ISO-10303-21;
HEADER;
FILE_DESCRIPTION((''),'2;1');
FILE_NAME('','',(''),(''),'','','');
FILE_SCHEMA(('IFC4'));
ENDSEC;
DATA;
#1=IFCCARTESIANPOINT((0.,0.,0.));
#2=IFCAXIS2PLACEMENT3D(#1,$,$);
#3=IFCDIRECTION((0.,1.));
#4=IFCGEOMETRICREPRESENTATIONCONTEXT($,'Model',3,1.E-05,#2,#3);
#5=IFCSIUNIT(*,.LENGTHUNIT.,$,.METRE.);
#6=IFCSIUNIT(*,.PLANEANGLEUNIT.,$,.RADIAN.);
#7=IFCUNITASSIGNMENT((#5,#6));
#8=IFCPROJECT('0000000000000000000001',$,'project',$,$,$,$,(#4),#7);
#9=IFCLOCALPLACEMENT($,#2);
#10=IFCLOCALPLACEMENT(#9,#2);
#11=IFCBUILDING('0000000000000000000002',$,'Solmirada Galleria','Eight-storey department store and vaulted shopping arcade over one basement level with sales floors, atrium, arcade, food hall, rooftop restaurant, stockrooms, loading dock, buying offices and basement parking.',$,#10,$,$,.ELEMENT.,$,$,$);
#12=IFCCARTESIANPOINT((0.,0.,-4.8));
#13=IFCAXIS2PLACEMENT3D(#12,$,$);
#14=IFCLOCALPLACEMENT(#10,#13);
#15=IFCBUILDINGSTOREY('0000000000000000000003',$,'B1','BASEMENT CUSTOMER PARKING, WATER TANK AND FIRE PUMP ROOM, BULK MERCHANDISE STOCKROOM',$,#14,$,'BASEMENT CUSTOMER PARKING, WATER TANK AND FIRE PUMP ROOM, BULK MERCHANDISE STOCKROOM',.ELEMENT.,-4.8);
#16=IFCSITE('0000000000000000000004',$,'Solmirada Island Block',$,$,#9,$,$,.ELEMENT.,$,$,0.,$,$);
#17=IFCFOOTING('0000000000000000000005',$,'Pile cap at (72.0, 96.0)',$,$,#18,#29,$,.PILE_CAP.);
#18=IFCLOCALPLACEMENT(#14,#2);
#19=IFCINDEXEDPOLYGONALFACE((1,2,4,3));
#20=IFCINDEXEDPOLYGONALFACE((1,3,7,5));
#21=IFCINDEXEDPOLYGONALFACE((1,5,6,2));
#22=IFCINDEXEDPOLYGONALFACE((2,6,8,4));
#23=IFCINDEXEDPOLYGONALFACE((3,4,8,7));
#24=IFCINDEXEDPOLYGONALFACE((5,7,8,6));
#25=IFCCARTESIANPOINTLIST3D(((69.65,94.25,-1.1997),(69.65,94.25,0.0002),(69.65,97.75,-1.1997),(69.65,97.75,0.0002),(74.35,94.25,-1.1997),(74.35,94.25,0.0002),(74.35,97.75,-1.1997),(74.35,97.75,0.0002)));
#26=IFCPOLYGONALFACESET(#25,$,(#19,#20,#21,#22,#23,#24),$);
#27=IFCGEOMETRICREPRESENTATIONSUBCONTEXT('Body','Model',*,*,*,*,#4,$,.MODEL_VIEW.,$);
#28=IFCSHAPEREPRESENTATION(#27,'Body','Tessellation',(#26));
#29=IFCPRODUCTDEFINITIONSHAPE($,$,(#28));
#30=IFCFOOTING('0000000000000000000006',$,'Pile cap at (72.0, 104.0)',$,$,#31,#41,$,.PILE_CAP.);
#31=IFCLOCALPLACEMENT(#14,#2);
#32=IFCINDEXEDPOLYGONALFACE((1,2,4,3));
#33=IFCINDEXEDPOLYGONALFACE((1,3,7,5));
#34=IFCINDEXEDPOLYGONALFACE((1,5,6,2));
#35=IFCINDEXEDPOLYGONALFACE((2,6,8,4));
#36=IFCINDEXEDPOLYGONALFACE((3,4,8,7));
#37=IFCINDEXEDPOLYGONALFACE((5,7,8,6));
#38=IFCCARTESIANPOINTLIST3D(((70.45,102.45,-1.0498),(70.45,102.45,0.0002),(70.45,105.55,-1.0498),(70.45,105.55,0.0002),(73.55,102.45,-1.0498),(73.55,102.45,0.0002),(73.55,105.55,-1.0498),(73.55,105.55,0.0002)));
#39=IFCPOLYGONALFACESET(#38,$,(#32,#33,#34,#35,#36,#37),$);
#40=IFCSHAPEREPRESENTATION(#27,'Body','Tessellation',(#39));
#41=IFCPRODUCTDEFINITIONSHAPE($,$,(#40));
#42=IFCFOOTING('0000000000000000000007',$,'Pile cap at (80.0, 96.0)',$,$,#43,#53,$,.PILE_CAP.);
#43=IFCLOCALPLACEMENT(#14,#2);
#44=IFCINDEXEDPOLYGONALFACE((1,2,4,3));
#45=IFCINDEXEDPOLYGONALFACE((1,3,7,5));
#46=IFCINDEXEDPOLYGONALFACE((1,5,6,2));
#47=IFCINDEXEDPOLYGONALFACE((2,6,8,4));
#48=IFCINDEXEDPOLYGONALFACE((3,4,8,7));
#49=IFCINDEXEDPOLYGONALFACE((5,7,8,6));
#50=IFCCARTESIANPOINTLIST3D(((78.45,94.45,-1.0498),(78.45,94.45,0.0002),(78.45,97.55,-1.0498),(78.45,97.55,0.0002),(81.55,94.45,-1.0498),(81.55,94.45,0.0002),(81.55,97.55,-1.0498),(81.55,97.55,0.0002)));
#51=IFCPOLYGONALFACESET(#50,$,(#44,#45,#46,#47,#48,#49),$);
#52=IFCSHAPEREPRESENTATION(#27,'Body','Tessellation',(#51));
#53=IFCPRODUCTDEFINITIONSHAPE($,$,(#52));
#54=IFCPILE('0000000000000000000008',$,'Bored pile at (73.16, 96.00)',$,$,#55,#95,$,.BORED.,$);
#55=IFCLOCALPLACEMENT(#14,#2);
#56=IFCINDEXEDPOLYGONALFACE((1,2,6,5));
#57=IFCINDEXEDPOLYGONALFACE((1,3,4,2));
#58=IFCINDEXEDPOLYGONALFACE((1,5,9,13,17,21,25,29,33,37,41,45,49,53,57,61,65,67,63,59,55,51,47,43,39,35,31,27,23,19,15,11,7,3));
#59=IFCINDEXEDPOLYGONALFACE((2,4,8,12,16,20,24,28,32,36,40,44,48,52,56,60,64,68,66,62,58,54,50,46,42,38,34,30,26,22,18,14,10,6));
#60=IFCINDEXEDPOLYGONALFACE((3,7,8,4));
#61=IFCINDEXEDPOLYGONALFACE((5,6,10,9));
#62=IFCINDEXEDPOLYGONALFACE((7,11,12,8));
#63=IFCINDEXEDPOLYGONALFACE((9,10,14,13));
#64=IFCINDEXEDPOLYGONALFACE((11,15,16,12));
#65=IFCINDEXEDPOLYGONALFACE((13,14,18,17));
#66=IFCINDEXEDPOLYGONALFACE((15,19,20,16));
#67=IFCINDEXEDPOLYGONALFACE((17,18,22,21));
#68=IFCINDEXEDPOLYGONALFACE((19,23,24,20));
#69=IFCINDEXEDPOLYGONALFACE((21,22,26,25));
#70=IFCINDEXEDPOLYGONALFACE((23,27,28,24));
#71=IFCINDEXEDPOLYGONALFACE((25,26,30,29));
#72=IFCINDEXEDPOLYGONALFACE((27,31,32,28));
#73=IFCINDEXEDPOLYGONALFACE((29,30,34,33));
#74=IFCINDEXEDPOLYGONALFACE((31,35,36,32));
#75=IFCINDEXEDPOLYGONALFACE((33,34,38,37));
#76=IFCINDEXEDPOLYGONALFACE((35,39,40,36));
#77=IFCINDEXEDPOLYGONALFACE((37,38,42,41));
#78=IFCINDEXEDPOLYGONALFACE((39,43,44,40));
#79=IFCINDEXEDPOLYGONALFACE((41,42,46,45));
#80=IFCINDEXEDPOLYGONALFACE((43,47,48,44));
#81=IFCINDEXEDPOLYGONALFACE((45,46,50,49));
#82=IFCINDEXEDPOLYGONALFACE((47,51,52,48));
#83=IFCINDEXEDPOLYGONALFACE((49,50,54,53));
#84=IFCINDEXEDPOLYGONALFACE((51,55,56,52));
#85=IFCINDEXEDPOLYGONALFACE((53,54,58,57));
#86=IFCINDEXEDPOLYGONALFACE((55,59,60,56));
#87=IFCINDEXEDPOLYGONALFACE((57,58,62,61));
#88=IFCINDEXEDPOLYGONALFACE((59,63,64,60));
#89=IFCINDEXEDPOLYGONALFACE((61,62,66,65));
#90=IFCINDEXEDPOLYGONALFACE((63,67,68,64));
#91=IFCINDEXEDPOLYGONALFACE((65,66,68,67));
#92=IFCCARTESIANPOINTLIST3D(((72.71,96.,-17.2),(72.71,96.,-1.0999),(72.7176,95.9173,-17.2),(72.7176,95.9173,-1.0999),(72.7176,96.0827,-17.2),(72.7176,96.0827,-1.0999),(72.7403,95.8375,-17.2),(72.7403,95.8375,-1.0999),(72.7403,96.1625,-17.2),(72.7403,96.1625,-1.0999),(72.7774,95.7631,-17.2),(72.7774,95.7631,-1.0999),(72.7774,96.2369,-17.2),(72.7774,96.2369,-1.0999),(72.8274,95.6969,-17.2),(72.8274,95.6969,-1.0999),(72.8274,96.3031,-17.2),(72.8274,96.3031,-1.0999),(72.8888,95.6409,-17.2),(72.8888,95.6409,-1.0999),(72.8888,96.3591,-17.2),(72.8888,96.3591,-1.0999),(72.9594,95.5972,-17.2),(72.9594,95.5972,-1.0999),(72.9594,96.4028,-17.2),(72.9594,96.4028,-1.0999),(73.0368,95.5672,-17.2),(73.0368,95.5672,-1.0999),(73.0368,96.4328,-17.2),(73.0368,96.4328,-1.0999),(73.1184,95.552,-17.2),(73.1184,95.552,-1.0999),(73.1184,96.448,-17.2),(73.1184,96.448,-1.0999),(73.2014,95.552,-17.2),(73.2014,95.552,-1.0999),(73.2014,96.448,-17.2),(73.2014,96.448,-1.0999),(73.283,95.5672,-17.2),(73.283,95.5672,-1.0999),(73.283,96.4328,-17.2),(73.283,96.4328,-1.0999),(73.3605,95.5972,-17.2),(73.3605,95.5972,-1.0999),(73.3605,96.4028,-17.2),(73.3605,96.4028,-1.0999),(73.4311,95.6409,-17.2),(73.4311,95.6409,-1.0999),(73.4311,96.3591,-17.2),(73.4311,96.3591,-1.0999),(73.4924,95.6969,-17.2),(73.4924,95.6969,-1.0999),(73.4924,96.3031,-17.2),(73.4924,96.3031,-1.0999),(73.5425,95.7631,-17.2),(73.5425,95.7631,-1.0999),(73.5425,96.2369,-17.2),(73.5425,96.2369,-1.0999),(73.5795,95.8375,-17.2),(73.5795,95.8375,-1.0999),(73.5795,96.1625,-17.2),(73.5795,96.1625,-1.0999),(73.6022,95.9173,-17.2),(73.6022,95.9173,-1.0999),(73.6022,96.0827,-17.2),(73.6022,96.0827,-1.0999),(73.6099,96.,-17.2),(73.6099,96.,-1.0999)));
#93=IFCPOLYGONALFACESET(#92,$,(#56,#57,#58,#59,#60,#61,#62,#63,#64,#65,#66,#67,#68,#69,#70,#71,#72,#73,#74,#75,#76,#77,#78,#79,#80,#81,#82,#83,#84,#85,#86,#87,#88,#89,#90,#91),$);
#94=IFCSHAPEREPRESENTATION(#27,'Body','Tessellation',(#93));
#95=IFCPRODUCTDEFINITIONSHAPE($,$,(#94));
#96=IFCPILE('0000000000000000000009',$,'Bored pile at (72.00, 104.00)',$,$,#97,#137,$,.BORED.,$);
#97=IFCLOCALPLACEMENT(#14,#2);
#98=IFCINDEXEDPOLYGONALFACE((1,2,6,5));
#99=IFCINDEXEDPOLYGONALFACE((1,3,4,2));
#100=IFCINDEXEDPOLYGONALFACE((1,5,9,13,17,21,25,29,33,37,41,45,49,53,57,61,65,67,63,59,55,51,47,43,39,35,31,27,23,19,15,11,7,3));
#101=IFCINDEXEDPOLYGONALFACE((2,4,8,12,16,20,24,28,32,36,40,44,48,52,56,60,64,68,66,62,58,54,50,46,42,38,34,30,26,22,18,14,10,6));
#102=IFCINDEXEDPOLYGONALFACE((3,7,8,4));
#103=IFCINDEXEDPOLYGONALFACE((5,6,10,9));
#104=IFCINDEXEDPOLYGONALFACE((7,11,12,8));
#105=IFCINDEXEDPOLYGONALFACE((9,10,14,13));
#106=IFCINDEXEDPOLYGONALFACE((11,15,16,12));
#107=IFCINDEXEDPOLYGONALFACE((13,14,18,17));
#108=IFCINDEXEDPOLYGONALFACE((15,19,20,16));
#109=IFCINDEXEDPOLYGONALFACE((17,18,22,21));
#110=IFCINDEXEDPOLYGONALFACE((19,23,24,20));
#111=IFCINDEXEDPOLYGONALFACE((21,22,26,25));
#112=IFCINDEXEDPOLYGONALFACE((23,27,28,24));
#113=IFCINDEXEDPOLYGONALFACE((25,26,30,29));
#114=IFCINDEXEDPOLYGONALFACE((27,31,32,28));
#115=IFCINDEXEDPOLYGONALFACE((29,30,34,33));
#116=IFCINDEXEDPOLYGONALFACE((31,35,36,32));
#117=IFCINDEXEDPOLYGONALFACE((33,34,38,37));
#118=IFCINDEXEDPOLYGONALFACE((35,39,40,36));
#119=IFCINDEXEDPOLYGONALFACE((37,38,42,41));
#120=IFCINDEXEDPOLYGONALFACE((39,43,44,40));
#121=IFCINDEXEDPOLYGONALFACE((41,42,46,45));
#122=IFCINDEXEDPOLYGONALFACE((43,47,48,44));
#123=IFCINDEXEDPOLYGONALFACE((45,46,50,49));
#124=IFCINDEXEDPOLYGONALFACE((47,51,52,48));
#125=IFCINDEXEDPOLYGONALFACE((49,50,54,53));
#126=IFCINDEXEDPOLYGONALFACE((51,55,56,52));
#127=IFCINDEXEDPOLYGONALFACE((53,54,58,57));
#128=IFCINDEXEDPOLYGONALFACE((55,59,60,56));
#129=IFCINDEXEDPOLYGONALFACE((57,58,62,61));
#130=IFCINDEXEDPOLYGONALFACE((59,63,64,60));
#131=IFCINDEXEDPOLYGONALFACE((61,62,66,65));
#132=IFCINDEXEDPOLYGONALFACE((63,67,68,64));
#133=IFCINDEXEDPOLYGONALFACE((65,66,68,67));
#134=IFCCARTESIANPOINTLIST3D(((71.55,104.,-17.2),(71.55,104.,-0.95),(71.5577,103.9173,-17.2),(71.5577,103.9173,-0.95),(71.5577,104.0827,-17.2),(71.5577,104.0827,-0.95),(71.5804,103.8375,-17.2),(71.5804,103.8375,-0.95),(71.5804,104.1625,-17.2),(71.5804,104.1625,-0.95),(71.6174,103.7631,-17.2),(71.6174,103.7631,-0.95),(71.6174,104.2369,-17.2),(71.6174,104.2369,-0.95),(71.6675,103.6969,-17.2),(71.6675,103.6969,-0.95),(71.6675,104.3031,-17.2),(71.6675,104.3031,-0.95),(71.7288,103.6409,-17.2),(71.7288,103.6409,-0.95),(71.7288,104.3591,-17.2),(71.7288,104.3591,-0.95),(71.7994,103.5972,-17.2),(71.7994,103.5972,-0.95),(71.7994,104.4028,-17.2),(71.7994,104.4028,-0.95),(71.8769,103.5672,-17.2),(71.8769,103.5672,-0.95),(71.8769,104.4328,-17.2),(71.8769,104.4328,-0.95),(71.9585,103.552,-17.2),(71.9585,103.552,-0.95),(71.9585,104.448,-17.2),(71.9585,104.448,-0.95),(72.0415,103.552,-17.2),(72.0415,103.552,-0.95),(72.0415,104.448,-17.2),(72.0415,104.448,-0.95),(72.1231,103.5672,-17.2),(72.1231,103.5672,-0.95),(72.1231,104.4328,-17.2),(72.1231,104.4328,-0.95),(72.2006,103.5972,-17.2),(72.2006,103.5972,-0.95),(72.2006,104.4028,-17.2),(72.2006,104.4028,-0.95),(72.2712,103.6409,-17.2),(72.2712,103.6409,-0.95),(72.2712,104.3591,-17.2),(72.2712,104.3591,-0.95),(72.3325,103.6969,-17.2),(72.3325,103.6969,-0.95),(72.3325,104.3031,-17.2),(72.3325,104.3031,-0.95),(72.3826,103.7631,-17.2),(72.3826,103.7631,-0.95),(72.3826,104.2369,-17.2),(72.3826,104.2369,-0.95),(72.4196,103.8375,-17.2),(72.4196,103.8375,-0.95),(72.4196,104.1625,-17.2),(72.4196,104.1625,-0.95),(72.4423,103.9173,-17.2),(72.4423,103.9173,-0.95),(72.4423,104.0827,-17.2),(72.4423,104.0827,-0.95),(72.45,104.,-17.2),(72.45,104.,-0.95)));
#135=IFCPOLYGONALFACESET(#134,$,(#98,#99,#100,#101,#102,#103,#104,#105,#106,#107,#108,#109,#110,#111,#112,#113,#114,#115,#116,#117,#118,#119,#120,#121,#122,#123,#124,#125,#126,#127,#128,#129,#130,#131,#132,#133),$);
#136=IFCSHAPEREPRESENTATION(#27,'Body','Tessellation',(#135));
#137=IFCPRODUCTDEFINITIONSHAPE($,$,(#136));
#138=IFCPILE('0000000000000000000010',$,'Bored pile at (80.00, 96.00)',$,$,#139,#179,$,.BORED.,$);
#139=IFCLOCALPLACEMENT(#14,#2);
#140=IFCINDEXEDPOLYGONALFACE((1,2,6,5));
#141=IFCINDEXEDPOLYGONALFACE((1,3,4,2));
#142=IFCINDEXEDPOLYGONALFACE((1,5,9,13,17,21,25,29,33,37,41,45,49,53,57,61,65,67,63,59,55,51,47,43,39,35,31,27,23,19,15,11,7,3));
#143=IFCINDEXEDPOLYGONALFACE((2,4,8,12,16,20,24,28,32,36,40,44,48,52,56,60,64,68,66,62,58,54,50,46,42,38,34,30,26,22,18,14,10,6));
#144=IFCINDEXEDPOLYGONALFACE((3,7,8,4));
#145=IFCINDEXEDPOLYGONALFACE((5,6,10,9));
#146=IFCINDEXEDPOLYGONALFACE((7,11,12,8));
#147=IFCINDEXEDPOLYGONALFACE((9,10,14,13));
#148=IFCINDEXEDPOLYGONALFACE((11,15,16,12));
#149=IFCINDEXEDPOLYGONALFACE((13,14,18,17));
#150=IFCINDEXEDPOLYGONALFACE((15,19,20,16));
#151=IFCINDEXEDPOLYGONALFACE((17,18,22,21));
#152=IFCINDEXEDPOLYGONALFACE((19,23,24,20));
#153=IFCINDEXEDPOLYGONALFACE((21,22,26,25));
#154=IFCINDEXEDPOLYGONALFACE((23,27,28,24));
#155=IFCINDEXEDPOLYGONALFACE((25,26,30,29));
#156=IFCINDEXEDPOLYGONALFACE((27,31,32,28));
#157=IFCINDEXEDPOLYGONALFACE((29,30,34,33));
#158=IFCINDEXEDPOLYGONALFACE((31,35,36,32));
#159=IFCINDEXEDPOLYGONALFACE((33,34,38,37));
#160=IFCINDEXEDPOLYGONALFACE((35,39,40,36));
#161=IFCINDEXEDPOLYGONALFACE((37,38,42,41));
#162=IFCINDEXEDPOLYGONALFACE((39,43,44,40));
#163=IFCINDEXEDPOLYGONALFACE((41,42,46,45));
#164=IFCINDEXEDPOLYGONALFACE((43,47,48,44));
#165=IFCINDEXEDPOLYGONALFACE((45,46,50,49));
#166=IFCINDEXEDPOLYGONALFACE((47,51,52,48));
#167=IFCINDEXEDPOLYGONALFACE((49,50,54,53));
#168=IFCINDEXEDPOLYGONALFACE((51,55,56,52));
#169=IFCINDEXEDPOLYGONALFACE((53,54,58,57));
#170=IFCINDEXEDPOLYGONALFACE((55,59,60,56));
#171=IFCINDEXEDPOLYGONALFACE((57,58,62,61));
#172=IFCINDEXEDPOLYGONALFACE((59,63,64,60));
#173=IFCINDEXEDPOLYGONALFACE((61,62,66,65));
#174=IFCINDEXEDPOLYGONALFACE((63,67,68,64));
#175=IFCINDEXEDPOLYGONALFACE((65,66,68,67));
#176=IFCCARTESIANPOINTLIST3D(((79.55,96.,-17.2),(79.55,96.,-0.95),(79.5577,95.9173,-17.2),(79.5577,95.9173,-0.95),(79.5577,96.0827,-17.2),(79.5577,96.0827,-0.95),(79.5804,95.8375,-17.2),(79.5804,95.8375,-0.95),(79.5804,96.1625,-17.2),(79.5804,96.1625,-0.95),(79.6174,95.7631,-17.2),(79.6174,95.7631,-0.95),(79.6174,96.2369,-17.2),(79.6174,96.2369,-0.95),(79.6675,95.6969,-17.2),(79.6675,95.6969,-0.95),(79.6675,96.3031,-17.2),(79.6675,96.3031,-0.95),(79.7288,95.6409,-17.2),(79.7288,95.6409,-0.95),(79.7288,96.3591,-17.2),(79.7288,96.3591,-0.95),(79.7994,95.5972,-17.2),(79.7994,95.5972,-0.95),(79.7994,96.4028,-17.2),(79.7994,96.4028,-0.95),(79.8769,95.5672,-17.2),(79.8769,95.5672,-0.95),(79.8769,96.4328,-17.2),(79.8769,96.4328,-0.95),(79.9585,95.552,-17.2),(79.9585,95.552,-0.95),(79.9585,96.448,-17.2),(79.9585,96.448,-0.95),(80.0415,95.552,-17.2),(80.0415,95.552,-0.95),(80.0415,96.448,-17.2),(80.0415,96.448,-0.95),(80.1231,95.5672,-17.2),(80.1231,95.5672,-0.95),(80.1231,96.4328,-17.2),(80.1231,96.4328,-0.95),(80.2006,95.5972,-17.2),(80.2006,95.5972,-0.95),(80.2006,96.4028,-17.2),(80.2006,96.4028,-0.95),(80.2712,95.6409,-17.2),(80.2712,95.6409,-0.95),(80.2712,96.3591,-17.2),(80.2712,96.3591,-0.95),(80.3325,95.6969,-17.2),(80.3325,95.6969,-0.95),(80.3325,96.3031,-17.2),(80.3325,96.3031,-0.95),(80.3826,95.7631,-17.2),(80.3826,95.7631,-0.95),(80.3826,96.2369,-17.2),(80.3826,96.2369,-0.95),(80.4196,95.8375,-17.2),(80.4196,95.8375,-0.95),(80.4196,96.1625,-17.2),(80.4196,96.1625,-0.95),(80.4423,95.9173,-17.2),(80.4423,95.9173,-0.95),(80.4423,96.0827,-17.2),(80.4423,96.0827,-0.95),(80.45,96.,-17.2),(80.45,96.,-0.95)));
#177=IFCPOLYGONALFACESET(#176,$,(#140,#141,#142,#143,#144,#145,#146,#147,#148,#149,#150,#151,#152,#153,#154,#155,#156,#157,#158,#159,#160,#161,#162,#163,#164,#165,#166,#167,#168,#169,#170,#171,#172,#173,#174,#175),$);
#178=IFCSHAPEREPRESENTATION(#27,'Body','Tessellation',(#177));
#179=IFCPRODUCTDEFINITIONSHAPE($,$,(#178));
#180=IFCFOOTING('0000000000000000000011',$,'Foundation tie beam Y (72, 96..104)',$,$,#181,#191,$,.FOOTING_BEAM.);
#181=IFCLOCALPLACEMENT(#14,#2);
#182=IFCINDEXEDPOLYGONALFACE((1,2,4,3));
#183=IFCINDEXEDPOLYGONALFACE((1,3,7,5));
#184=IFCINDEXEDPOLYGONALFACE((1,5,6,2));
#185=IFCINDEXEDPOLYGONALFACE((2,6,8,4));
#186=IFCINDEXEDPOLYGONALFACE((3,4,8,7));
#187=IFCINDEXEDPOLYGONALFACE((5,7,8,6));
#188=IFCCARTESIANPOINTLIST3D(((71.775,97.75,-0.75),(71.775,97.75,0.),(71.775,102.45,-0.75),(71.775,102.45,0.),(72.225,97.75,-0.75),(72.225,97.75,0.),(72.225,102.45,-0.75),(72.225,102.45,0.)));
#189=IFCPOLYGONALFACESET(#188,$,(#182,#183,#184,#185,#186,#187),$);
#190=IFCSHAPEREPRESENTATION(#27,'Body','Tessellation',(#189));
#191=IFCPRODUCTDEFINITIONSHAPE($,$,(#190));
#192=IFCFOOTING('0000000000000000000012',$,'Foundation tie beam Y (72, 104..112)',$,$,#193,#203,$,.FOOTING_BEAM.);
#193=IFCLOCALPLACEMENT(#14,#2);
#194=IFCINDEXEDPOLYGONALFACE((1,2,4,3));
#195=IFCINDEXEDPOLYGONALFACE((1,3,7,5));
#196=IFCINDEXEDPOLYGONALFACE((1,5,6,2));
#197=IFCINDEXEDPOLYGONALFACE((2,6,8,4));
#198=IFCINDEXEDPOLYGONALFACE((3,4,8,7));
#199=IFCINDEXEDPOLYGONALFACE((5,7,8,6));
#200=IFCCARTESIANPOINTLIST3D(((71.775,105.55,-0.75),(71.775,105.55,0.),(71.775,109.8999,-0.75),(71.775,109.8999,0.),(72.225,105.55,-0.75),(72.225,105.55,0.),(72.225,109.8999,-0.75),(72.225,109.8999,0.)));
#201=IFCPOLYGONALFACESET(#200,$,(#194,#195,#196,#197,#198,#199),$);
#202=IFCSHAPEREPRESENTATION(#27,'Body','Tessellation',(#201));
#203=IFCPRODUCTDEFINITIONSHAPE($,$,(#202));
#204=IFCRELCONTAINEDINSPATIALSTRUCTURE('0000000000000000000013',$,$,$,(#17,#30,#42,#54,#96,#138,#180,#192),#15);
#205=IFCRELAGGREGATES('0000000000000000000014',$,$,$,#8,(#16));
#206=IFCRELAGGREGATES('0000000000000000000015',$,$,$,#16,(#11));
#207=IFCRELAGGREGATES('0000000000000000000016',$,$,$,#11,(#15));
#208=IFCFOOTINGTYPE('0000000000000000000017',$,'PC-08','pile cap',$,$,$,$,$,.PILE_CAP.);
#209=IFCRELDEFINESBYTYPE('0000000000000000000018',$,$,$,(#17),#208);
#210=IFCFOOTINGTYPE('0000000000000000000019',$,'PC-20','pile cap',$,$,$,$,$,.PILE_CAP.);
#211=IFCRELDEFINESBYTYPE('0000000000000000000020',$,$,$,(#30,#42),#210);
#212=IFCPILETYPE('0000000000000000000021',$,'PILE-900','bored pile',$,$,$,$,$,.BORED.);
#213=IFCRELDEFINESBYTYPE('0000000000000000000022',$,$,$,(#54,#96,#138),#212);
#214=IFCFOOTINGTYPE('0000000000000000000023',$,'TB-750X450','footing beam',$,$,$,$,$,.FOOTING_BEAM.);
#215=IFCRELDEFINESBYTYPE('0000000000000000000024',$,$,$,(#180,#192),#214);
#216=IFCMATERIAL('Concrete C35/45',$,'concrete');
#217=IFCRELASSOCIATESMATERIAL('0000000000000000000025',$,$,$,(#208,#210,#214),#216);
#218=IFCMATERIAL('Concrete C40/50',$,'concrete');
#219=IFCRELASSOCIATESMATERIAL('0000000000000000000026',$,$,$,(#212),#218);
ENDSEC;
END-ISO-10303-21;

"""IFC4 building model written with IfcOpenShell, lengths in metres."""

from ifc_helpers import new_model, si_unit, direction, frame, origin, origin_2d, place, context, subcontext, project, spatial, rectangle, circle, extrude, material, material_profile, profile_set, type_object, element, save


model = new_model("IFC4")

# Units and contexts
model_context = context("Model", 3, precision=1e-05, world=origin(), true_north=direction((0.0, 1.0)))
body_context = subcontext(model_context, "Body", "Model", "MODEL_VIEW")
ifc_project = project(units=[si_unit("LENGTHUNIT", "METRE"), si_unit("PLANEANGLEUNIT", "RADIAN")], contexts=[model_context])

# Site, building, storey
site_placement = place(None, origin())
site = spatial("IfcSite", under=ifc_project, at=site_placement, Name="Solmirada Island Block", CompositionType="ELEMENT", RefElevation=0.0)
building_placement = place(site_placement, origin())
building = spatial("IfcBuilding", under=site, at=building_placement, Name="Solmirada Galleria", Description="Eight-storey department store and vaulted shopping arcade over one basement level with sales floors, atrium, arcade, food hall, rooftop restaurant, stockrooms, loading dock, buying offices and basement parking.", CompositionType="ELEMENT")
storey_placement = place(building_placement, frame((0.0, 0.0, -4.8)))
storey = spatial("IfcBuildingStorey", under=building, at=storey_placement, Name="B1", Description="BASEMENT CUSTOMER PARKING, WATER TANK AND FIRE PUMP ROOM, BULK MERCHANDISE STOCKROOM", LongName="BASEMENT CUSTOMER PARKING, WATER TANK AND FIRE PUMP ROOM, BULK MERCHANDISE STOCKROOM", CompositionType="ELEMENT", Elevation=-4.8)

# Footings
ifc_material_1 = material(Name="Concrete C35/45", Category="concrete")
footing_type_1 = type_object("IfcFootingType", Name="PC-08", Description="pile cap", PredefinedType="PILE_CAP", material=ifc_material_1)
footing_1_placement = place(storey_placement, frame((72.0, 96.0, -1.1997), z_axis=(0.0, 0.0, 1.0), x_axis=(1.0, 0.0, 0.0)))
element("IfcFooting", 1, at=footing_1_placement, inside=storey, type_object=footing_type_1, Name="Pile cap at (72.0, 96.0)", PredefinedType="PILE_CAP", context=body_context, shape_type="SweptSolid", body=[
    extrude(rectangle(XDim=4.7, YDim=3.5, at=origin_2d()), origin(), (0.0, 0.0, 1.0), 1.2),
])
footing_type_2 = type_object("IfcFootingType", Name="PC-20", Description="pile cap", PredefinedType="PILE_CAP", material=ifc_material_1)
for number, where, z_axis, x_axis, name in (
    (2, (72.0, 104.0, -1.0498), (0.0, 0.0, 1.0), (1.0, 0.0, 0.0), "Pile cap at (72.0, 104.0)"),
    (3, (80.0, 96.0, -1.0498), (0.0, 0.0, 1.0), (1.0, 0.0, 0.0), "Pile cap at (80.0, 96.0)"),
):
    element("IfcFooting", number, at=place(storey_placement, frame(where, z_axis=z_axis, x_axis=x_axis)), inside=storey, type_object=footing_type_2, Name=name, PredefinedType="PILE_CAP", context=body_context, shape_type="SweptSolid", body=[
        extrude(rectangle(XDim=3.1001, YDim=3.1001, at=origin_2d()), origin(), (0.0, 0.0, 1.0), 1.05),
    ])

# Piles
ifc_material_2 = material(Name="Concrete C40/50", Category="concrete")
ifc_material_profile_1 = material_profile(ifc_material_2, circle(Radius=0.45, at=origin_2d()), Name="PILE900")
ifc_profile_set_1 = profile_set([ifc_material_profile_1], Name="Concrete C40/50")
pile_type = type_object("IfcPileType", Name="PILE-900", Description="bored pile", PredefinedType="BORED", material=ifc_profile_set_1)
pile_placement = place(storey_placement, frame((73.1599, 96.0, -1.0999), z_axis=(0.0, 0.0, -1.0), x_axis=(1.0, 0.0, 0.0)))
element("IfcPile", 4, at=pile_placement, inside=storey, type_object=pile_type, Name="Bored pile at (73.16, 96.00)", PredefinedType="BORED", context=body_context, shape_type="SweptSolid", body=[
    extrude(circle(Radius=0.45, at=origin_2d()), origin(), (0.0, 0.0, 1.0), 16.1001),
])
for number, where, z_axis, x_axis, name in (
    (5, (72.0, 104.0, -0.95), (0.0, 0.0, -1.0), (1.0, 0.0, 0.0), "Bored pile at (72.00, 104.00)"),
    (6, (80.0, 96.0, -0.95), (0.0, 0.0, -1.0), (1.0, 0.0, 0.0), "Bored pile at (80.00, 96.00)"),
):
    element("IfcPile", number, at=place(storey_placement, frame(where, z_axis=z_axis, x_axis=x_axis)), inside=storey, type_object=pile_type, Name=name, PredefinedType="BORED", context=body_context, shape_type="SweptSolid", body=[
        extrude(circle(Radius=0.45, at=origin_2d()), origin(), (0.0, 0.0, 1.0), 16.25),
    ])

# Footings
ifc_material_profile_2 = material_profile(ifc_material_1, rectangle(XDim=0.45, YDim=0.75, at=origin_2d()), Name="RC750X450")
ifc_profile_set_2 = profile_set([ifc_material_profile_2], Name="Concrete C35/45")
footing_type_3 = type_object("IfcFootingType", Name="TB-750X450", Description="footing beam", PredefinedType="FOOTING_BEAM", material=ifc_profile_set_2)
footing_2_placement = place(storey_placement, frame((72.0, 97.75, -0.375), z_axis=(0.0, 1.0, 0.0), x_axis=(-1.0, 0.0, 0.0)))
element("IfcFooting", 7, at=footing_2_placement, inside=storey, type_object=footing_type_3, Name="Foundation tie beam Y (72, 96..104)", PredefinedType="FOOTING_BEAM", context=body_context, shape_type="SweptSolid", body=[
    extrude(rectangle(XDim=0.45, YDim=0.75, at=origin_2d()), origin(), (0.0, 0.0, 1.0), 4.7),
])
footing_3_placement = place(storey_placement, frame((72.0, 105.55, -0.375), z_axis=(0.0, 1.0, 0.0), x_axis=(-1.0, 0.0, 0.0)))
element("IfcFooting", 8, at=footing_3_placement, inside=storey, type_object=footing_type_3, Name="Foundation tie beam Y (72, 104..112)", PredefinedType="FOOTING_BEAM", context=body_context, shape_type="SweptSolid", body=[
    extrude(rectangle(XDim=0.45, YDim=0.75, at=origin_2d()), origin(), (0.0, 0.0, 1.0), 4.3499),
])

save(model, "model.ifc")
